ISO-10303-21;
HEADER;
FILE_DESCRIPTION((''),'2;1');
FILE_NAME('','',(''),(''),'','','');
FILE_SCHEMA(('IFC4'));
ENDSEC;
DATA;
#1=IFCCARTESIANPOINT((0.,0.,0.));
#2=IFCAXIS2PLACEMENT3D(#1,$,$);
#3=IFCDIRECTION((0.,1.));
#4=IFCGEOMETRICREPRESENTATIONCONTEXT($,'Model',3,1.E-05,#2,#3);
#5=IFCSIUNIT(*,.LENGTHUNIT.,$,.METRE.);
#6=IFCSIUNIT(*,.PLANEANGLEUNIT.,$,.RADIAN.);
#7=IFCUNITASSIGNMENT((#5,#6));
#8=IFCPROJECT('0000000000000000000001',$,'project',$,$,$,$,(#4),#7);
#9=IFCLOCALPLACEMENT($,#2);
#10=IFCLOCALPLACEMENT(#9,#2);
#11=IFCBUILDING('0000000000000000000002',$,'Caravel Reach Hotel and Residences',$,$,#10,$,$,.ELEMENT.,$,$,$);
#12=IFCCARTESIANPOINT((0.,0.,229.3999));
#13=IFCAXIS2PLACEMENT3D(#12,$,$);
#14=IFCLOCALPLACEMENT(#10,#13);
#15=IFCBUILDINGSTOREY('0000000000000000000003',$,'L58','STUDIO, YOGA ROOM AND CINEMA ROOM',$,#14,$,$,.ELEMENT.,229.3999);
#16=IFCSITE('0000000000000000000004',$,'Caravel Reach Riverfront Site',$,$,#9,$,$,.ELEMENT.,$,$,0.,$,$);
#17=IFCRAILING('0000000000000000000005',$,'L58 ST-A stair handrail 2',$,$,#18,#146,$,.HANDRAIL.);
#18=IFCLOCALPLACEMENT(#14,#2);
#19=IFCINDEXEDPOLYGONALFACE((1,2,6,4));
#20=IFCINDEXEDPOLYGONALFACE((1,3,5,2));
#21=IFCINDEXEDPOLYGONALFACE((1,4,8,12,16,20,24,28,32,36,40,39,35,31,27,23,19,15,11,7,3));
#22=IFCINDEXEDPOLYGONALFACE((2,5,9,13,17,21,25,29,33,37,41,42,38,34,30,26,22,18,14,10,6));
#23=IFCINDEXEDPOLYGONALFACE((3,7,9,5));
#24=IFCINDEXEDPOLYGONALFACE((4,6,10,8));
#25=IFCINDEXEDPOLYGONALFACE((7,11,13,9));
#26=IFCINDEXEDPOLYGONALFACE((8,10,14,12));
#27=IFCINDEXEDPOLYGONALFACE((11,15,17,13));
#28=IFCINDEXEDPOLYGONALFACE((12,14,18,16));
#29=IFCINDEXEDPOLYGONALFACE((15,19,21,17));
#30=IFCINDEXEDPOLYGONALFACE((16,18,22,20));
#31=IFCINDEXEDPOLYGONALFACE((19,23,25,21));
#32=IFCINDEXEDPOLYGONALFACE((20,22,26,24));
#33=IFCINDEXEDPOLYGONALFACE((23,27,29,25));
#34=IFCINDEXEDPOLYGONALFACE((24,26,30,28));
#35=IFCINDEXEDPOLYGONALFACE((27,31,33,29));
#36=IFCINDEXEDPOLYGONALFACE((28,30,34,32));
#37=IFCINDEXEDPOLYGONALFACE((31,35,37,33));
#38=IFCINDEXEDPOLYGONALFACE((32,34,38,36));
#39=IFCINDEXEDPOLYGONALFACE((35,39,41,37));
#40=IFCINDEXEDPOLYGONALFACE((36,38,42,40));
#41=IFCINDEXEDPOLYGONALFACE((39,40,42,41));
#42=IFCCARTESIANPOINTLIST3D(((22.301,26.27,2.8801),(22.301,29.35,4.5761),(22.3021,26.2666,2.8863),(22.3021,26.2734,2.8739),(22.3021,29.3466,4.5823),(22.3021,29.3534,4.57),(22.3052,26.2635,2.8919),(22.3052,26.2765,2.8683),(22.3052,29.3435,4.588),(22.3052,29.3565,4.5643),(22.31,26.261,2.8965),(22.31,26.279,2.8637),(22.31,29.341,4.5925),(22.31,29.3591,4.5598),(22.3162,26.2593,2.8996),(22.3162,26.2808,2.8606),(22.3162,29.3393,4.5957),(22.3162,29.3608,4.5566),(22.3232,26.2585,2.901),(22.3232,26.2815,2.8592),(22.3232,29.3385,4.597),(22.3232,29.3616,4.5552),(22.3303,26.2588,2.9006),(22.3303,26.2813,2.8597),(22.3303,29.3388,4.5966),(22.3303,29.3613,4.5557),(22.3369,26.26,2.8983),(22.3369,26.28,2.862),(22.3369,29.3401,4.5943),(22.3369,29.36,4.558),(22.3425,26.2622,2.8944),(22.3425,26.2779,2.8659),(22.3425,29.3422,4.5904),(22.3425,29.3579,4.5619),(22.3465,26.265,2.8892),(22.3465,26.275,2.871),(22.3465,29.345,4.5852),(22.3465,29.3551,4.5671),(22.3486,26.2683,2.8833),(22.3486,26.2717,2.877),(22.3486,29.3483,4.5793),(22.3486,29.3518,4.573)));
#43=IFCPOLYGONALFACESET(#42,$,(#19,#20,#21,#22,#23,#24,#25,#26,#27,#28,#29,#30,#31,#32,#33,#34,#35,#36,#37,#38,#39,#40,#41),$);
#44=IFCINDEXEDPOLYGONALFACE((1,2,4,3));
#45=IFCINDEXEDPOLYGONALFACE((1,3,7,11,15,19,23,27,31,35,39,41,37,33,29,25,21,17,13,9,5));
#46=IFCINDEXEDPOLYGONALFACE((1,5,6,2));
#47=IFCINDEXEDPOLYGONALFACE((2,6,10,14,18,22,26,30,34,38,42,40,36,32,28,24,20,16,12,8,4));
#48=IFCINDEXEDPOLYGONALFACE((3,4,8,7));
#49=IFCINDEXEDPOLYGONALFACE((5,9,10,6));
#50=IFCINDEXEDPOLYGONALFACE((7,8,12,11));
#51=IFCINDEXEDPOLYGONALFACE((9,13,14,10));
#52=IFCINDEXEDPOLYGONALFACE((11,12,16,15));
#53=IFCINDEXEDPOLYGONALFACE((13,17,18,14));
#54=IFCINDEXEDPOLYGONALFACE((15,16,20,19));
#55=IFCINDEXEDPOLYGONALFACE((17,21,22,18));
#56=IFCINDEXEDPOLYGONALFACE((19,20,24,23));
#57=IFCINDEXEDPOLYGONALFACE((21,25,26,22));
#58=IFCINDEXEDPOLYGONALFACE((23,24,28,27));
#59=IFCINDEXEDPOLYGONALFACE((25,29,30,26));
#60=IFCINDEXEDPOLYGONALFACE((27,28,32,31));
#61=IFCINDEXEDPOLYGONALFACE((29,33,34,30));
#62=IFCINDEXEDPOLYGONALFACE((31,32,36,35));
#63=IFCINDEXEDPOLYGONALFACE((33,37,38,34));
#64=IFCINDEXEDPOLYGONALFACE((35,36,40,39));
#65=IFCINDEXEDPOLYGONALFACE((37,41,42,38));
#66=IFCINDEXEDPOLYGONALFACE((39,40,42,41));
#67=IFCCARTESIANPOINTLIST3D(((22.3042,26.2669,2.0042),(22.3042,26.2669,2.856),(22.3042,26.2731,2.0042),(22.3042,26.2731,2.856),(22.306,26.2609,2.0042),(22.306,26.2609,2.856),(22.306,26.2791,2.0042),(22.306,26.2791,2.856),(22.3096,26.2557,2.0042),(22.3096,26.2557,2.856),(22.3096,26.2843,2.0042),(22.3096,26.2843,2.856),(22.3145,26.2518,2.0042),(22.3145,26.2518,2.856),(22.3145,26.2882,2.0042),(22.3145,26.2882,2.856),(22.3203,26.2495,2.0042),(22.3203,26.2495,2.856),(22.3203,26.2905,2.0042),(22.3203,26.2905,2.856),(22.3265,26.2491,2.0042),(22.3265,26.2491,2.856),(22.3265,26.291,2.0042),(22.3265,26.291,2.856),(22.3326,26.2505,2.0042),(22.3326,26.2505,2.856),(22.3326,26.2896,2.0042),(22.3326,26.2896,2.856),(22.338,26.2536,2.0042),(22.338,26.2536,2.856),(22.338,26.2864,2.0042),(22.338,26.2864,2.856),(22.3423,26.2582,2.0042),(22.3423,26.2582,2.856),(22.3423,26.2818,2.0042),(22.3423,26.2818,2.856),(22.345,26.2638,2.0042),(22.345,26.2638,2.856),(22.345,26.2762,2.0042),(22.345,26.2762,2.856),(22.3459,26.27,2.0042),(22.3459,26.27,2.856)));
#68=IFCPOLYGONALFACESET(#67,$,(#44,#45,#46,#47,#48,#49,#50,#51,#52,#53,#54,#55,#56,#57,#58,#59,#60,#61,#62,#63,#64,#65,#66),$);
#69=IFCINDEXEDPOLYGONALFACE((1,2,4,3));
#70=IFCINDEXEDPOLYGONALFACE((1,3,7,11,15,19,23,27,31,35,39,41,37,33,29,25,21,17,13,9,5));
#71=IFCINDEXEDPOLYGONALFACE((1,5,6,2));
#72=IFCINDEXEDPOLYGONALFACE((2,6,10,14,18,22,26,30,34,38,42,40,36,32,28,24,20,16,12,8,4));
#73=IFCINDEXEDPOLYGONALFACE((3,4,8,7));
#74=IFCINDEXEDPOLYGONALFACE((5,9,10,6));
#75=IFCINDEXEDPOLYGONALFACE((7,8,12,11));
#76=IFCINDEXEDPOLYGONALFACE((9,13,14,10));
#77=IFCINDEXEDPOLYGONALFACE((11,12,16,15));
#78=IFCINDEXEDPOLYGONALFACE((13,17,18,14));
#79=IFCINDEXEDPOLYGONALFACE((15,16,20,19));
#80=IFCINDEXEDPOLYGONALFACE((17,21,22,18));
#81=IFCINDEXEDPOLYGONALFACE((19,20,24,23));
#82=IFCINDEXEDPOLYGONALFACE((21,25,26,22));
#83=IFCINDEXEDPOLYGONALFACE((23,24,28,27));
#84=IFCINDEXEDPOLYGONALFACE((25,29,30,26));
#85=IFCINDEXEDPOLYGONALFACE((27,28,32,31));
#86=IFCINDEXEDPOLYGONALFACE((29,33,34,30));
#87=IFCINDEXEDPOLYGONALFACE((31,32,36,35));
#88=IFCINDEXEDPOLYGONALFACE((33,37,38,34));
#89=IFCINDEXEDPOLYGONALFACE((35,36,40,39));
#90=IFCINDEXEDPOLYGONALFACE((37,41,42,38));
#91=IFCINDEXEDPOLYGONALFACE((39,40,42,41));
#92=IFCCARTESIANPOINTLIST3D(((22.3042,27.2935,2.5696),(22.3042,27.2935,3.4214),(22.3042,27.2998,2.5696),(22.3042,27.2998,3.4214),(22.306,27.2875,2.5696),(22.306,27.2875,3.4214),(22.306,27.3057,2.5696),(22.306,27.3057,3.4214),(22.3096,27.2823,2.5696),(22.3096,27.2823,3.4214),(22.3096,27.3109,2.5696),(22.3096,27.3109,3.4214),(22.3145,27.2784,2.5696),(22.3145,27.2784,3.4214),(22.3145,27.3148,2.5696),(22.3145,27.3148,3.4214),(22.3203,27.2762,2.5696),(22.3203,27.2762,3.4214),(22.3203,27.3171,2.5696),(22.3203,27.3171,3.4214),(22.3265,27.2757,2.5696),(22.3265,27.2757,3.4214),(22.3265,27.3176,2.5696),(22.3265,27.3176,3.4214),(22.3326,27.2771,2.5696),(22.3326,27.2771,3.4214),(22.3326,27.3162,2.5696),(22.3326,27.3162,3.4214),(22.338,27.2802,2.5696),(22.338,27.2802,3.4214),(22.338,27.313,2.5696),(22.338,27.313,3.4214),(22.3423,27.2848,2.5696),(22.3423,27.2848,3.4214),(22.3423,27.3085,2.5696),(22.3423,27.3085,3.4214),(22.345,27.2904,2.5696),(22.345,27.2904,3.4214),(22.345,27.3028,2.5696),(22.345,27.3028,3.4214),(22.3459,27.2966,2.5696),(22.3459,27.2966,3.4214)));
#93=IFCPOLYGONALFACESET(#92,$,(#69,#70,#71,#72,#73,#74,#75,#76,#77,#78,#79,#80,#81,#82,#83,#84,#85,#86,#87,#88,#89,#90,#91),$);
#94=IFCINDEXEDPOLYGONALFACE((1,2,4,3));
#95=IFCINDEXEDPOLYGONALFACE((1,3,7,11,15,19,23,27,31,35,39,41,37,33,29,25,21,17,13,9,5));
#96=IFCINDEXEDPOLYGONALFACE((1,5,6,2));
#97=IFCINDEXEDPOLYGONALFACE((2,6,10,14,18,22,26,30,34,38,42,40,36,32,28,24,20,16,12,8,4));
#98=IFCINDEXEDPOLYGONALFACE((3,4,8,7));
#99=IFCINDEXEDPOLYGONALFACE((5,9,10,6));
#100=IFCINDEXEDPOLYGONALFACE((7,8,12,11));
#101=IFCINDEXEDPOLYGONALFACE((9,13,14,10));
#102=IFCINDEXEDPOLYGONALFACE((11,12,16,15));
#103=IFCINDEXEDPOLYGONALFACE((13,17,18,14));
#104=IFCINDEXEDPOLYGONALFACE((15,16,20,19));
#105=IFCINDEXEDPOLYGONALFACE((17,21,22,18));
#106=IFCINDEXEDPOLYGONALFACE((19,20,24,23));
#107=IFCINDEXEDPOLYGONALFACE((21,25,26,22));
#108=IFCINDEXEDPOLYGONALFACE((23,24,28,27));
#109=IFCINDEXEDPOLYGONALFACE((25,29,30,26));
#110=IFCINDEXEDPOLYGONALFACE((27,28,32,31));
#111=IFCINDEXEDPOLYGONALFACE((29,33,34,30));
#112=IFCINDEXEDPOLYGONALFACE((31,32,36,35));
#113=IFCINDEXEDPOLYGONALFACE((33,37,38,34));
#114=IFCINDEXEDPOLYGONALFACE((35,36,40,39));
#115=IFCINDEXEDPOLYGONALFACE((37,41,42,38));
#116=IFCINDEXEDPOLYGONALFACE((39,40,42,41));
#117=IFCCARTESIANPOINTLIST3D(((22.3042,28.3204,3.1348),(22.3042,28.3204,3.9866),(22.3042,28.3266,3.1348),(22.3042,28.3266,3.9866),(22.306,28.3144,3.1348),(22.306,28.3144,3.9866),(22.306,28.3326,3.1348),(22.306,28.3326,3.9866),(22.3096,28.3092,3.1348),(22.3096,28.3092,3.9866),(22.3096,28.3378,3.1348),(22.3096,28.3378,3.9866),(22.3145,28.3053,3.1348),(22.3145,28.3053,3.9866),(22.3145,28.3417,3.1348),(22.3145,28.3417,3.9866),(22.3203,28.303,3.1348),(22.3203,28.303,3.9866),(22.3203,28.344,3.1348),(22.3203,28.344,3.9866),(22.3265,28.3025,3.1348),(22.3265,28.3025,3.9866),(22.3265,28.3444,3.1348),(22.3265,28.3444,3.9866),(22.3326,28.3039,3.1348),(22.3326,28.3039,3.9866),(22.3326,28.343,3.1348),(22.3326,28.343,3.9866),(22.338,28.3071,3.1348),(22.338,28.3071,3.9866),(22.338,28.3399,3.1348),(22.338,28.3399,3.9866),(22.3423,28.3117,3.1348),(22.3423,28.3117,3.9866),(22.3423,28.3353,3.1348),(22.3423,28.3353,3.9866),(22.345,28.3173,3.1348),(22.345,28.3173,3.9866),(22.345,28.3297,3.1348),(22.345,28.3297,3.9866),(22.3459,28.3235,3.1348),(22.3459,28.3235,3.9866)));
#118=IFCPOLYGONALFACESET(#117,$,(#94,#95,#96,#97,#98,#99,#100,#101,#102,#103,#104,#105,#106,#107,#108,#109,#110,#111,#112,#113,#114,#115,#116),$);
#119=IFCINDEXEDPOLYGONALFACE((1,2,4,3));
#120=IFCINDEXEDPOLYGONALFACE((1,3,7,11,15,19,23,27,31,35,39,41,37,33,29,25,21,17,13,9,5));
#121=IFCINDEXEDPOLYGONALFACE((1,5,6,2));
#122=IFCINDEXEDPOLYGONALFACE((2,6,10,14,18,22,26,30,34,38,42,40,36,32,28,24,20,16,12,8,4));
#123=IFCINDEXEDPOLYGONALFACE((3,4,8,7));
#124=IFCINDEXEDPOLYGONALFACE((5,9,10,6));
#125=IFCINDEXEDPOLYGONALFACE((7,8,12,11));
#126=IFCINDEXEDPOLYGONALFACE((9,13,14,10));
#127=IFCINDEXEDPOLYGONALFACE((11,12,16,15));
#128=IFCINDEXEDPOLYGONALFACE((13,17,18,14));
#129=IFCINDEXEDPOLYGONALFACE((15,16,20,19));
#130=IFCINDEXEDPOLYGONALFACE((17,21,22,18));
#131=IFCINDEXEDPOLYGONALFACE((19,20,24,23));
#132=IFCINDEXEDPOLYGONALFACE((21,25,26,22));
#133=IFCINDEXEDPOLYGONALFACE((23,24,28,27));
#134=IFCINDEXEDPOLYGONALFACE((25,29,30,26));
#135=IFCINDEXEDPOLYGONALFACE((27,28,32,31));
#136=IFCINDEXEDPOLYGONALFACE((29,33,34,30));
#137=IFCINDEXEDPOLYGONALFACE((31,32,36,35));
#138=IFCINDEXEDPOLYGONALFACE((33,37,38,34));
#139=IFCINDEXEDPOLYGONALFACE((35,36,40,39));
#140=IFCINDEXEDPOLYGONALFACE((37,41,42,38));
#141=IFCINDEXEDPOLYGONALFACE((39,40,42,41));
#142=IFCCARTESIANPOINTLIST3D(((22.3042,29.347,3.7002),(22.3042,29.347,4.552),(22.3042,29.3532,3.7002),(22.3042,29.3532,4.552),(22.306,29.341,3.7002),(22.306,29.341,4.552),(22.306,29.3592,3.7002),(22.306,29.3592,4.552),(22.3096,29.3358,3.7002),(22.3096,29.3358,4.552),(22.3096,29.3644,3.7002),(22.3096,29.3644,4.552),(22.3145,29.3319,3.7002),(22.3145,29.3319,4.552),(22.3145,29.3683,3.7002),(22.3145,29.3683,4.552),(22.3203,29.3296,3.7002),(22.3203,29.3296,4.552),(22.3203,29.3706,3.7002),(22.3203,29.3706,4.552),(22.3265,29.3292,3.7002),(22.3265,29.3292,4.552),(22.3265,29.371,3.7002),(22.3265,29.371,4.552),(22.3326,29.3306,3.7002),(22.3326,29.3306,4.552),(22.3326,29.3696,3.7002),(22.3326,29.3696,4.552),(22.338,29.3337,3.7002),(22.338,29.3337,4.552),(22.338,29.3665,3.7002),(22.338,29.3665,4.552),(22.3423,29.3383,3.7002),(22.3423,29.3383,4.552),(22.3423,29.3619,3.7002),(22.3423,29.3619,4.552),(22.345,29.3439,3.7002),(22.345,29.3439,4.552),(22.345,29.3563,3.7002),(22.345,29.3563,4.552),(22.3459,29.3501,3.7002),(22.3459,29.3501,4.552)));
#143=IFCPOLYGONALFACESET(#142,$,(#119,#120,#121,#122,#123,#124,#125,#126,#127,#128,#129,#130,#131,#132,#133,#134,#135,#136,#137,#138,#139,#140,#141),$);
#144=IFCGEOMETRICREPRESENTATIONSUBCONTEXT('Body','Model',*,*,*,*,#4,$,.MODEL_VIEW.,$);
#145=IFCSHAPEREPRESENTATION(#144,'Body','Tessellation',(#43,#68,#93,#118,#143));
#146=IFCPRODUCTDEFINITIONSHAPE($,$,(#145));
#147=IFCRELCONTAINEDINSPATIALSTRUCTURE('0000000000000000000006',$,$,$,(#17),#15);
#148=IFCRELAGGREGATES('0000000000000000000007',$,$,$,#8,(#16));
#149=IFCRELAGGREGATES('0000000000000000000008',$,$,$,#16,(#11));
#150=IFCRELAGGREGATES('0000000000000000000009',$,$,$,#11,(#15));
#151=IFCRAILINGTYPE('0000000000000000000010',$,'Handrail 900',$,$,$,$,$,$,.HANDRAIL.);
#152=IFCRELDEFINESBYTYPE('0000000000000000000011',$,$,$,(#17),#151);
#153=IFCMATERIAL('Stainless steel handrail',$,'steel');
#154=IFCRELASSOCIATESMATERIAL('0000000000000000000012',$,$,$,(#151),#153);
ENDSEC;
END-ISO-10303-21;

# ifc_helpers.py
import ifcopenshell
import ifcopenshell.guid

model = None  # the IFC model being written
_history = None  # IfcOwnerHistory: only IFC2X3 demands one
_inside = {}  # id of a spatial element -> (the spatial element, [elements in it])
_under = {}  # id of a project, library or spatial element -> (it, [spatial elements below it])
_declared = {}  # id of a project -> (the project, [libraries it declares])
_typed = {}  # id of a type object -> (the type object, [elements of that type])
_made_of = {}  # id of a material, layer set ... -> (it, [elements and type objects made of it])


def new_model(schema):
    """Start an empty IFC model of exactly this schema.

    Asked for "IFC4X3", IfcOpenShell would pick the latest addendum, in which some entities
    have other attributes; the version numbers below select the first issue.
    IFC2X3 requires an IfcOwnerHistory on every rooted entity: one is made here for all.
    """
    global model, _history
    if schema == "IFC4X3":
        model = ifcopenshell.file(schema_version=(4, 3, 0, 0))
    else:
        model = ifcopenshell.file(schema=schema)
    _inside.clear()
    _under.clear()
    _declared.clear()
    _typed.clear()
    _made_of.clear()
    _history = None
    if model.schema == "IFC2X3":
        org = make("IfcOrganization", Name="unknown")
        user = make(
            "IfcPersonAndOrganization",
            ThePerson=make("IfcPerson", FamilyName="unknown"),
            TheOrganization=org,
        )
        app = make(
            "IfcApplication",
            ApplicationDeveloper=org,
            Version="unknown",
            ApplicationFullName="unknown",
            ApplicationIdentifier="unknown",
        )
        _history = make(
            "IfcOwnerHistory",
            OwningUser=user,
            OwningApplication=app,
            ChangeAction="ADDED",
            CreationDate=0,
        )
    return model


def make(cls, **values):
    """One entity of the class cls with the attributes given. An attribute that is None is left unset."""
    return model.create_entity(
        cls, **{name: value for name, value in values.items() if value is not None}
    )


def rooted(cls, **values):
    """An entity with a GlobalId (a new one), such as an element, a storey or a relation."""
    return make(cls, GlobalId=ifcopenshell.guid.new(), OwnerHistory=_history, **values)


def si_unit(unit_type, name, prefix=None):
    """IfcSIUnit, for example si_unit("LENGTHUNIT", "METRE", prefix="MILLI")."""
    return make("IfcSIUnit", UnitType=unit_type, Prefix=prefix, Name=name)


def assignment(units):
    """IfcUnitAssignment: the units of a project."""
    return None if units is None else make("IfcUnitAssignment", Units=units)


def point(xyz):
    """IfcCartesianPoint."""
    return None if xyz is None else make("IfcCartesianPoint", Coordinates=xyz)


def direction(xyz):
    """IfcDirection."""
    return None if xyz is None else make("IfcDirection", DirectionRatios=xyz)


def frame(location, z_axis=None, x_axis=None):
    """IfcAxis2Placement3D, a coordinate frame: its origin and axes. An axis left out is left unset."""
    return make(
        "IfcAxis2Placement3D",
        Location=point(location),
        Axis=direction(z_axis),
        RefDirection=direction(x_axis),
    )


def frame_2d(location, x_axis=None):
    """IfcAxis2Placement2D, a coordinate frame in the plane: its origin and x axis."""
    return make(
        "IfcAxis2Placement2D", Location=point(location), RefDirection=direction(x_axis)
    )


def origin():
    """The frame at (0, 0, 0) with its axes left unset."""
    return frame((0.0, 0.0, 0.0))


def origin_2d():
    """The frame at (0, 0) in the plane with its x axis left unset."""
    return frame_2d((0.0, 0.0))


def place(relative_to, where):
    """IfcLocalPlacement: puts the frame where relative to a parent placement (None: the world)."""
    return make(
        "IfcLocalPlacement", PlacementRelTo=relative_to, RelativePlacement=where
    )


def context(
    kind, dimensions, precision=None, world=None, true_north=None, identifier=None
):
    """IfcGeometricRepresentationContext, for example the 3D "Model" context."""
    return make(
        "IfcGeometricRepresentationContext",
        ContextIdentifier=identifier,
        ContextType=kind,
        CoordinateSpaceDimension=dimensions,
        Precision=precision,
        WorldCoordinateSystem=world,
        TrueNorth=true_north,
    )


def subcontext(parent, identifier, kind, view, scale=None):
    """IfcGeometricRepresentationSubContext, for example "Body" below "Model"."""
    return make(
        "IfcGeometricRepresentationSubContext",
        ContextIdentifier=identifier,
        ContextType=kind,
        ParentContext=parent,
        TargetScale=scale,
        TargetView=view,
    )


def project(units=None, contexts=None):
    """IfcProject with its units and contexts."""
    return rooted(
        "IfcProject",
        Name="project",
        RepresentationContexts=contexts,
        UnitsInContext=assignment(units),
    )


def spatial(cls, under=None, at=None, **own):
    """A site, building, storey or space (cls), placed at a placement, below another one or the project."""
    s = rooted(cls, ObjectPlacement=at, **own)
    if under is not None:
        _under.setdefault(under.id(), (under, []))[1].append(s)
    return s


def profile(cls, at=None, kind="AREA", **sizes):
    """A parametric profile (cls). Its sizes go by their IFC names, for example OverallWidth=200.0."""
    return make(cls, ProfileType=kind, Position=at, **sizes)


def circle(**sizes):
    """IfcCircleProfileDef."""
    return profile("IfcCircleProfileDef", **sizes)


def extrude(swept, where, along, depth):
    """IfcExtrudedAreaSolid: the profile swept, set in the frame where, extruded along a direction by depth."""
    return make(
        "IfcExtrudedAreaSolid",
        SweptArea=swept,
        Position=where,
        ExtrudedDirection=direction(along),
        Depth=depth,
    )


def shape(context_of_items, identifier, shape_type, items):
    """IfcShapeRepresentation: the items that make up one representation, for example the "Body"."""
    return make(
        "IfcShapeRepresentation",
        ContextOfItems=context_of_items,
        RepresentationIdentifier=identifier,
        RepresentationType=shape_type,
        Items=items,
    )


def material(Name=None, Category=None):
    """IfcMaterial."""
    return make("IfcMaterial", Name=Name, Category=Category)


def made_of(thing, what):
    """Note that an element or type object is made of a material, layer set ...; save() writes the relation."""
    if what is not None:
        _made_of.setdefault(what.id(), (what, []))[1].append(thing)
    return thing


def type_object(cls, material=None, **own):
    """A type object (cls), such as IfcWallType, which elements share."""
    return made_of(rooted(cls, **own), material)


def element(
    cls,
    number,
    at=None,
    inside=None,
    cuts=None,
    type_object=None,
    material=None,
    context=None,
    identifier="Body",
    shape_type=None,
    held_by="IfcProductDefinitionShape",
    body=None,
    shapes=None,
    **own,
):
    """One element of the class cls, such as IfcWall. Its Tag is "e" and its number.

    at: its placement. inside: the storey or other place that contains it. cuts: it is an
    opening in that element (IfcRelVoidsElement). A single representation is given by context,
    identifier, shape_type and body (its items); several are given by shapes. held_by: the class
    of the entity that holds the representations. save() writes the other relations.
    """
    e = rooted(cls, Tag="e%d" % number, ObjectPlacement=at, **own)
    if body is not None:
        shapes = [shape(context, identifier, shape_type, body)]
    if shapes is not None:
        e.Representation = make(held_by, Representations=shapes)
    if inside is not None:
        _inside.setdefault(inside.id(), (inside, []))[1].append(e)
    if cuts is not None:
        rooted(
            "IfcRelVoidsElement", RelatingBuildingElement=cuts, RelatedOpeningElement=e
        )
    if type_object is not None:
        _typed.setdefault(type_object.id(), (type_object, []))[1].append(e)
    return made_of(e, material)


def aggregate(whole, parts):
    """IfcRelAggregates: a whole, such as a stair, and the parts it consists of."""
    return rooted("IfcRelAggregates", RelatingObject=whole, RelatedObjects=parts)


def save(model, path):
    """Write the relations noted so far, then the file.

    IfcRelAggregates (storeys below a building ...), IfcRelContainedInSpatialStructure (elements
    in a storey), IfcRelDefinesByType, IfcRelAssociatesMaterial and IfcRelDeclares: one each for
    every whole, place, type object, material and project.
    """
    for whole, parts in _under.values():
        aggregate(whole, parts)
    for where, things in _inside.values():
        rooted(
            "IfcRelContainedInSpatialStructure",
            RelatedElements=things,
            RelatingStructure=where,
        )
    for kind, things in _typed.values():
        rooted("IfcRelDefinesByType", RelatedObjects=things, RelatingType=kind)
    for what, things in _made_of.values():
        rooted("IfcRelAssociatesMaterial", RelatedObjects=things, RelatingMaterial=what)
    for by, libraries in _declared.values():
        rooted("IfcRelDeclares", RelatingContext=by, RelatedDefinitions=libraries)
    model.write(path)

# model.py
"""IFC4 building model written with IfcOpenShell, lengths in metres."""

from ifc_helpers import new_model, si_unit, direction, frame, origin, origin_2d, place, context, subcontext, project, spatial, circle, extrude, material, type_object, element, save


model = new_model("IFC4")

# Units and contexts
model_context = context("Model", 3, precision=1e-05, world=origin(), true_north=direction((0.0, 1.0)))
body_context = subcontext(model_context, "Body", "Model", "MODEL_VIEW")
ifc_project = project(units=[si_unit("LENGTHUNIT", "METRE"), si_unit("PLANEANGLEUNIT", "RADIAN")], contexts=[model_context])

# Site, building, storey
site_placement = place(None, origin())
site = spatial("IfcSite", under=ifc_project, at=site_placement, Name="Caravel Reach Riverfront Site", CompositionType="ELEMENT", RefElevation=0.0)
building_placement = place(site_placement, origin())
building = spatial("IfcBuilding", under=site, at=building_placement, Name="Caravel Reach Hotel and Residences", CompositionType="ELEMENT")
storey_placement = place(building_placement, frame((0.0, 0.0, 229.3999)))
storey = spatial("IfcBuildingStorey", under=building, at=storey_placement, Name="L58", Description="STUDIO, YOGA ROOM AND CINEMA ROOM", CompositionType="ELEMENT", Elevation=229.3999)

# Railing
ifc_material_1 = material(Name="Stainless steel handrail", Category="steel")
railing_type_1 = type_object("IfcRailingType", Name="Handrail 900", PredefinedType="HANDRAIL", material=ifc_material_1)
railing_1_placement = place(storey_placement, frame((22.325, 26.27, 2.0042)))
element("IfcRailing", 1, at=railing_1_placement, inside=storey, type_object=railing_type_1, Name="L58 ST-A stair handrail 2", PredefinedType="HANDRAIL", context=body_context, shape_type="SweptSolid", body=[
    extrude(circle(Radius=0.0239, at=origin_2d()), frame((0.0, 0.0, 0.876), z_axis=(0.0, 0.875975, 0.482356), x_axis=(-1.0, 0.0, 0.0)), (0.0, 0.0, 1.0), 3.5161),
    extrude(circle(Radius=0.021, at=origin_2d()), origin(), (0.0, 0.0, 1.0), 0.8518),
    extrude(circle(Radius=0.021, at=origin_2d()), frame((0.0, 1.0266, 0.5654)), (0.0, 0.0, 1.0), 0.8518),
    extrude(circle(Radius=0.021, at=origin_2d()), frame((0.0, 2.0535, 1.1306)), (0.0, 0.0, 1.0), 0.8518),
    extrude(circle(Radius=0.021, at=origin_2d()), frame((0.0, 3.0801, 1.696)), (0.0, 0.0, 1.0), 0.8518),
])

save(model, "model.ifc")
